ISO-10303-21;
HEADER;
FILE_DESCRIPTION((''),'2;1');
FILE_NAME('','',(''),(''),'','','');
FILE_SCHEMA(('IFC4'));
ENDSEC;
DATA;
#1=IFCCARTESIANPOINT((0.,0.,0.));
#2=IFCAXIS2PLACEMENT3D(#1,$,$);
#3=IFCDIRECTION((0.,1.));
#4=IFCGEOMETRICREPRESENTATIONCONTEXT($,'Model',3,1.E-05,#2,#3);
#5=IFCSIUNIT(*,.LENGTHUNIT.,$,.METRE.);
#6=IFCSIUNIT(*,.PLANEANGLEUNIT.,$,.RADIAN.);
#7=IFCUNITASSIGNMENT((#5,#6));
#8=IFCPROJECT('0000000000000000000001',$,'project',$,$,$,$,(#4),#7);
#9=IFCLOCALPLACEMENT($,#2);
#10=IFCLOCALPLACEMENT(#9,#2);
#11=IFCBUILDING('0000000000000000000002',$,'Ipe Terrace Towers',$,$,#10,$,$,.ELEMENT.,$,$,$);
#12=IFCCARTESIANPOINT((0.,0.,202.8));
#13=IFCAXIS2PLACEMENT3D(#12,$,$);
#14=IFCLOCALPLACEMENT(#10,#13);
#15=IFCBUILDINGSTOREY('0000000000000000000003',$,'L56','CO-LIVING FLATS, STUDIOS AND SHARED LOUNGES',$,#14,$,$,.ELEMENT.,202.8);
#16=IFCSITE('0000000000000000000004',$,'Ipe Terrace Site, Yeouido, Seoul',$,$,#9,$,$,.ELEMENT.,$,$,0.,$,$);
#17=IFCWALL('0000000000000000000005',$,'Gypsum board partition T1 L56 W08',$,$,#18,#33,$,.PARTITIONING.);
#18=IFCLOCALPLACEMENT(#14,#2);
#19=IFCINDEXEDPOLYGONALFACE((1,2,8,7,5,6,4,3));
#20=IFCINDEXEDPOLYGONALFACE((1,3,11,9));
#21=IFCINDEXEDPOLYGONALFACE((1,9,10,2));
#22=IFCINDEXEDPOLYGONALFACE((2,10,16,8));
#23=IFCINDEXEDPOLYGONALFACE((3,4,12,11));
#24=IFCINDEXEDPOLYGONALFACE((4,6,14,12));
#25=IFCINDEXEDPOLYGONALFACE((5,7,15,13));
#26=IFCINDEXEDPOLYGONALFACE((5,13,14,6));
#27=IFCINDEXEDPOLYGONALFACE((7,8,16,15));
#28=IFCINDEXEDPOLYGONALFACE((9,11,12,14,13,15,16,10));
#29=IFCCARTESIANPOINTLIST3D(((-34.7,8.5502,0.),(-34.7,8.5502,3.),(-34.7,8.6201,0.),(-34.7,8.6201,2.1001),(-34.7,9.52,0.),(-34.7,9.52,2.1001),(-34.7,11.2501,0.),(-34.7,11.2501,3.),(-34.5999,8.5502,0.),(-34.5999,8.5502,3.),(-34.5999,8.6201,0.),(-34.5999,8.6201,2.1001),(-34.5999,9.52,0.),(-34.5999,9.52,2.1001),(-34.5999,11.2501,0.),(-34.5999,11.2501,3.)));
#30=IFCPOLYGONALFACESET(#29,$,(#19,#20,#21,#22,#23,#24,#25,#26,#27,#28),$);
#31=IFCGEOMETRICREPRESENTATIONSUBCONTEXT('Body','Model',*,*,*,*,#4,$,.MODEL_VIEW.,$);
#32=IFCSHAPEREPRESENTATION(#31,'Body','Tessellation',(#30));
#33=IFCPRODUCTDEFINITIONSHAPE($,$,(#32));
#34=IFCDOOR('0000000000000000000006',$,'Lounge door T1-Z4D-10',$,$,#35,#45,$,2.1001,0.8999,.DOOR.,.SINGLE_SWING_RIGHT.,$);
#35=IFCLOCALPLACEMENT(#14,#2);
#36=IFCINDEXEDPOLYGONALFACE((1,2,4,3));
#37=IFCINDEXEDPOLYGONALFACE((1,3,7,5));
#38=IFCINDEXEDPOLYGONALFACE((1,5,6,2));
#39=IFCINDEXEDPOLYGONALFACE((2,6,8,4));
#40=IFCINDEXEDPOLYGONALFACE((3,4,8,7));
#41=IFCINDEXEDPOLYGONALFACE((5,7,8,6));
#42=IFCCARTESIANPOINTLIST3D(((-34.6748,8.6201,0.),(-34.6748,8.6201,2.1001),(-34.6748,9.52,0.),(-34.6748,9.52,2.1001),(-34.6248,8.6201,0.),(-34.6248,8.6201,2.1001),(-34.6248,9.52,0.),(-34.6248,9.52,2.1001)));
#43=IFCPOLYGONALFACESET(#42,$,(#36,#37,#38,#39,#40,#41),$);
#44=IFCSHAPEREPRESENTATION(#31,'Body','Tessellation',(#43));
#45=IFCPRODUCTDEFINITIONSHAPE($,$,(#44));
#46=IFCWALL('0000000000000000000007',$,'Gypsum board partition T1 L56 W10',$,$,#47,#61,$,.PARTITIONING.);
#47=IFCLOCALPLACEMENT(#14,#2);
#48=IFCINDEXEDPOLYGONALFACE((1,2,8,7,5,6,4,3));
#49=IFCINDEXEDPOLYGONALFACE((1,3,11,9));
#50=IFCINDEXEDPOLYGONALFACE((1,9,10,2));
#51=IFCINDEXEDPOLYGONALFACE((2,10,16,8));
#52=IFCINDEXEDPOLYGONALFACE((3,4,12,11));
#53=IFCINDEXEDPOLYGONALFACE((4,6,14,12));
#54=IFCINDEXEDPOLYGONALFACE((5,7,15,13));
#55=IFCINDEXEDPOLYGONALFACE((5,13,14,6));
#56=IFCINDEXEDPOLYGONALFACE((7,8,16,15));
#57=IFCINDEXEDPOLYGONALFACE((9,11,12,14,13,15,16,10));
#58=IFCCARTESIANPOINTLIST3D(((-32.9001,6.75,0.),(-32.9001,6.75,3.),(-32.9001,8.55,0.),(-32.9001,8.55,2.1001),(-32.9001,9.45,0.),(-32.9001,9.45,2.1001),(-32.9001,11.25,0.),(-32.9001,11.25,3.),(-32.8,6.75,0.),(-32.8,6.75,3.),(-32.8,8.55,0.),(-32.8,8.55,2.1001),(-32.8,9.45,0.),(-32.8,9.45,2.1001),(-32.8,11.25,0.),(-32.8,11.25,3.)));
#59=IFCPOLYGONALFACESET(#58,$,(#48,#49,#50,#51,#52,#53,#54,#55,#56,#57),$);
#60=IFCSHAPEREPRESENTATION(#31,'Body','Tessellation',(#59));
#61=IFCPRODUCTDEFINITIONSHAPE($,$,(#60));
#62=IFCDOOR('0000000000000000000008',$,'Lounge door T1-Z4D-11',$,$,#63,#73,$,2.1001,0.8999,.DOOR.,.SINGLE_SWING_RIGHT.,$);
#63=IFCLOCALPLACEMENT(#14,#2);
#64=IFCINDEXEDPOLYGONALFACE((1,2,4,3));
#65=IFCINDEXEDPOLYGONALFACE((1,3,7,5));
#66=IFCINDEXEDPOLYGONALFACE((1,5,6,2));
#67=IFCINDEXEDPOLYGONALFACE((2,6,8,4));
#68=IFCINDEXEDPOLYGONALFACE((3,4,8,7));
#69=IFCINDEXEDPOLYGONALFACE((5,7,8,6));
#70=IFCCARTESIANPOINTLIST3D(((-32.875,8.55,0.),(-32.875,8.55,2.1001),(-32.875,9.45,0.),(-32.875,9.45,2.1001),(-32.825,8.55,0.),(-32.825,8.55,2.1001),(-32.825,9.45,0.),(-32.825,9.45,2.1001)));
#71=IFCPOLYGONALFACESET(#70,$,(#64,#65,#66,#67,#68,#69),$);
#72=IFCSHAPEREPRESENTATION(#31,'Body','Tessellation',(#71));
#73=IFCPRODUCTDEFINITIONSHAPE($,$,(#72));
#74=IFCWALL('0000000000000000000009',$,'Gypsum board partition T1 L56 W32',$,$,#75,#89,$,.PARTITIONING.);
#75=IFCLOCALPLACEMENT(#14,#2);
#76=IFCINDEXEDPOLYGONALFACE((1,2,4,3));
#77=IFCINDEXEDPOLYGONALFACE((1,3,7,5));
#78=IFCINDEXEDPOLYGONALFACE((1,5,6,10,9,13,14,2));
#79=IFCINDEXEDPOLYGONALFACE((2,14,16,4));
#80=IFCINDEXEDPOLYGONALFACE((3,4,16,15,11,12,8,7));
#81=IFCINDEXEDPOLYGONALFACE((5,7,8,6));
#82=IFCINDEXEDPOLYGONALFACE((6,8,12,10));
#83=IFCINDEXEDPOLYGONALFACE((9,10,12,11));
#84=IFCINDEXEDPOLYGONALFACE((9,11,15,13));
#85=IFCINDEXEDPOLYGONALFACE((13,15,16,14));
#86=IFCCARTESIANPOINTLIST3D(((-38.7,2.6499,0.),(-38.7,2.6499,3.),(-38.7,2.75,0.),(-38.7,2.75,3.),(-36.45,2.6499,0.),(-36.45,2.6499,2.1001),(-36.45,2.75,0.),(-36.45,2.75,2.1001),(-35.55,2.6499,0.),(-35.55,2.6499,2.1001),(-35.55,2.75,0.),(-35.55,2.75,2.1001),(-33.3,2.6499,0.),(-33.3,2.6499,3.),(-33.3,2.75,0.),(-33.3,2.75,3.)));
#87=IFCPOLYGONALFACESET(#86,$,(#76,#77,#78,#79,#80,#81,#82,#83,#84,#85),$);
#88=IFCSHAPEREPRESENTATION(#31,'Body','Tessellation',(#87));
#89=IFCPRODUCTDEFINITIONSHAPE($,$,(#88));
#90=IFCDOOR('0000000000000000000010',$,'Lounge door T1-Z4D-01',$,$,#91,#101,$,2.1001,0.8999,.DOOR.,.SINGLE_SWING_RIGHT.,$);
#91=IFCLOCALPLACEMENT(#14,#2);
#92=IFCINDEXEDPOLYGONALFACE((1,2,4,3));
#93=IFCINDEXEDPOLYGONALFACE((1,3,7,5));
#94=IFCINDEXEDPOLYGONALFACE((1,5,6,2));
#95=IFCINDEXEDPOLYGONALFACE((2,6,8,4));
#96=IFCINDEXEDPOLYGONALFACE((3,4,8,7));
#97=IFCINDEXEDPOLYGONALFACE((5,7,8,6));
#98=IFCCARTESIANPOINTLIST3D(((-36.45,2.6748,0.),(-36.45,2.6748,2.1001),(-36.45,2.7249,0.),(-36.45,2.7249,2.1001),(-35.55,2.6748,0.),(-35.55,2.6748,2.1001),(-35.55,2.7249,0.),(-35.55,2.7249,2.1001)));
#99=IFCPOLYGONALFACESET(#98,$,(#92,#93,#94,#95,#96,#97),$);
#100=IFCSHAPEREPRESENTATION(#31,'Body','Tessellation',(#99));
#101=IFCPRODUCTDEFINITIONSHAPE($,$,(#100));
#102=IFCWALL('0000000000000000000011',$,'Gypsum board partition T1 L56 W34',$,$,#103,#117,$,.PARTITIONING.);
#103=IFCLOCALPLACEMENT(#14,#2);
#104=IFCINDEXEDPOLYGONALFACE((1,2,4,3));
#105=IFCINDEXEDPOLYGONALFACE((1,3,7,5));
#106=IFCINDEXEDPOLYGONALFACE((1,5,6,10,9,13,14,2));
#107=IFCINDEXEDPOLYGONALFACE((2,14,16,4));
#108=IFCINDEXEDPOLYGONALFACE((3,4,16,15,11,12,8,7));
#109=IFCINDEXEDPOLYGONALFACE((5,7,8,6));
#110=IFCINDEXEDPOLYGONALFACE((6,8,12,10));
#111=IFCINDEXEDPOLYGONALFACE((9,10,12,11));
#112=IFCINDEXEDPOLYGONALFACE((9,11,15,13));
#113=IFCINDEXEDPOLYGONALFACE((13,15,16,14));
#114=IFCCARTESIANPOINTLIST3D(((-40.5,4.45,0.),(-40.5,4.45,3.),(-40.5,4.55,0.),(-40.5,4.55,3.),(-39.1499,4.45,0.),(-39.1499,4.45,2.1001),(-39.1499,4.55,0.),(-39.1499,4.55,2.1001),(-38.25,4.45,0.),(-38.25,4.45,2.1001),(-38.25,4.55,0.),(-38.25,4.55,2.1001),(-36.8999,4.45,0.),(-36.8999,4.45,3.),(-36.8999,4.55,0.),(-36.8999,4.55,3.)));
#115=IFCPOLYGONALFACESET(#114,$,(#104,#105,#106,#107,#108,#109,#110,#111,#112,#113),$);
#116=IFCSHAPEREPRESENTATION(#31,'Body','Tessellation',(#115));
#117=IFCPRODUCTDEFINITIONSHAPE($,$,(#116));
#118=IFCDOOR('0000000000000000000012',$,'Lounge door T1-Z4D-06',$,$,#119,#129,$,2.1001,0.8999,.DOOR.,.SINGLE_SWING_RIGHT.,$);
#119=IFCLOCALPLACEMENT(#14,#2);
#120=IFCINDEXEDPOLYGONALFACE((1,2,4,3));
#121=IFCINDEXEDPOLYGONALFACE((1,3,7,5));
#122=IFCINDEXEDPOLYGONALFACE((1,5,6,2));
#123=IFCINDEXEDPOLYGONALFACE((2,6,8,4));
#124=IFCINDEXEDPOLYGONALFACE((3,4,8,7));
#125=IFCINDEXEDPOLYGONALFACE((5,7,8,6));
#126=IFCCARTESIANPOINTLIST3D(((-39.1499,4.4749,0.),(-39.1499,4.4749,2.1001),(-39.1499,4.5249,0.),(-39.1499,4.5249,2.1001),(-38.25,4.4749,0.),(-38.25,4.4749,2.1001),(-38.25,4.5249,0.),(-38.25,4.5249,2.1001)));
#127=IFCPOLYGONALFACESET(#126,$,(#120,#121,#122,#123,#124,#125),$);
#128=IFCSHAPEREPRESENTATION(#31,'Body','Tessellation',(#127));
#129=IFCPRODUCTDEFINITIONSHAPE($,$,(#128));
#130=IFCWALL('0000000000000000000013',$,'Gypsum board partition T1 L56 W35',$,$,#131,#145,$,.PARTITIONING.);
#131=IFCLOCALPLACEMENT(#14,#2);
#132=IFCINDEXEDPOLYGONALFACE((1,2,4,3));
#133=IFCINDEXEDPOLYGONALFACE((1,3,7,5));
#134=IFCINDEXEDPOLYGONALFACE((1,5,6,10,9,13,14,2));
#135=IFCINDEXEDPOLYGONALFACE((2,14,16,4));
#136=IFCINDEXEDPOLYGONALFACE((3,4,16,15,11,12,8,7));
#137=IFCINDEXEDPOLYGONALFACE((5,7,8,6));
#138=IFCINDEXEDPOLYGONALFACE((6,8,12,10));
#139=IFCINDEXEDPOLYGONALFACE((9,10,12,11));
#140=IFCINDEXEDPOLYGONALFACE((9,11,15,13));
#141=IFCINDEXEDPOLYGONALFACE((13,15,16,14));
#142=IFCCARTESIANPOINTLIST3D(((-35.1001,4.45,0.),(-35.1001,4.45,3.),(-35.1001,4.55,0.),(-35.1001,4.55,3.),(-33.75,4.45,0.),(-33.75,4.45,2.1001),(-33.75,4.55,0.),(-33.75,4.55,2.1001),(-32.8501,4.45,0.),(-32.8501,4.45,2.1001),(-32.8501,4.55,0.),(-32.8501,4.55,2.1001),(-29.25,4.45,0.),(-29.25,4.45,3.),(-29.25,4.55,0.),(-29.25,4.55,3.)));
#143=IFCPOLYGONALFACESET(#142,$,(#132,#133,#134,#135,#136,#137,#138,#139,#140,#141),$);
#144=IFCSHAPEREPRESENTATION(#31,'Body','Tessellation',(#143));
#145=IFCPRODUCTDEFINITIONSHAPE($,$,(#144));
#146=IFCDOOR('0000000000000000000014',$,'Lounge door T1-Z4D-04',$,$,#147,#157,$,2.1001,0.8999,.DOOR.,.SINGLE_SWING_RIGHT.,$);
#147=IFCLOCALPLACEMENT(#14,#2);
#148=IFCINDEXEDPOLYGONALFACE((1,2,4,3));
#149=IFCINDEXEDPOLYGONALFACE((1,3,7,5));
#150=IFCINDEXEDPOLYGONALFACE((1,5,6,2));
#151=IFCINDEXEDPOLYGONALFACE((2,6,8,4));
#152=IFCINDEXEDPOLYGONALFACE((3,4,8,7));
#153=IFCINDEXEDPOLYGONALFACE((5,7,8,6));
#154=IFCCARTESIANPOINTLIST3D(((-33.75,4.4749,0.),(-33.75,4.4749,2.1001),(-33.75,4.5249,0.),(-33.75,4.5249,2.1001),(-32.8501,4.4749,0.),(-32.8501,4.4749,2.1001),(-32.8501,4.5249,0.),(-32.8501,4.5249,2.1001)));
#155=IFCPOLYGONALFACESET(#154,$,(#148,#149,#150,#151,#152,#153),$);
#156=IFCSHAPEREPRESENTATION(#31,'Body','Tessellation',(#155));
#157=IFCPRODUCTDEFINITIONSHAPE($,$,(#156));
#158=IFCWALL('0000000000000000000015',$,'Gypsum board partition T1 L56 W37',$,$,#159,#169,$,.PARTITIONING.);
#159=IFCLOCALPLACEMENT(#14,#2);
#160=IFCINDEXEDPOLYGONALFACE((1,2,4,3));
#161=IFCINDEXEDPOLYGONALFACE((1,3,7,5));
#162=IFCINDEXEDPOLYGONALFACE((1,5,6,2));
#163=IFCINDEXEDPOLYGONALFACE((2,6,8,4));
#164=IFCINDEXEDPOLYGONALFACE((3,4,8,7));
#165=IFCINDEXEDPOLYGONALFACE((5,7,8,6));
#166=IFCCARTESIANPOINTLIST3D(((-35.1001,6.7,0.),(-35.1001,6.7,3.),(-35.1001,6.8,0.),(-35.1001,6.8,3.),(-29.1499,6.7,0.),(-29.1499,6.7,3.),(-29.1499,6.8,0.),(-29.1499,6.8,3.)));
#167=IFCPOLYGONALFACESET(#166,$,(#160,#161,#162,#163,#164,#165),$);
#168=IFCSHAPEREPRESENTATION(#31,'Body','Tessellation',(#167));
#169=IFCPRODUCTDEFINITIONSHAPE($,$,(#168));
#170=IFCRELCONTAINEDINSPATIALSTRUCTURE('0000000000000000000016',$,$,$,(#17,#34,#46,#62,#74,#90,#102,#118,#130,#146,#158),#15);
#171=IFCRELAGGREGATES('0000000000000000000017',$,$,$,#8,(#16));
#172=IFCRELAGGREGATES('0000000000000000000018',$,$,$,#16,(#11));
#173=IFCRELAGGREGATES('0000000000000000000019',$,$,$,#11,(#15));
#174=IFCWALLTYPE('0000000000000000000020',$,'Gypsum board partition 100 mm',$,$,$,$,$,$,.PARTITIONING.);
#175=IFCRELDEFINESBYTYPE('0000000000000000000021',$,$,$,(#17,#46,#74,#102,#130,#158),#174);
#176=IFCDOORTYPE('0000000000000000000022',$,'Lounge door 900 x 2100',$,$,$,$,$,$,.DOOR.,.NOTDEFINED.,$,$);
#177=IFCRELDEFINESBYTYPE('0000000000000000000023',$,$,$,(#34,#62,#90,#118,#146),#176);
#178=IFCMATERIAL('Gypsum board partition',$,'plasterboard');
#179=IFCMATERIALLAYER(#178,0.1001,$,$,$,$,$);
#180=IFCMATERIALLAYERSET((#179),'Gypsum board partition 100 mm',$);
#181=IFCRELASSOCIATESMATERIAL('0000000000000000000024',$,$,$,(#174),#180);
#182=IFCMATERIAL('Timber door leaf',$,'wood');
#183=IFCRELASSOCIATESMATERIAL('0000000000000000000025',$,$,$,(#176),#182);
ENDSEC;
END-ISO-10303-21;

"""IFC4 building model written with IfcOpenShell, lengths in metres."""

from ifc_helpers import new_model, si_unit, direction, frame, frame_2d, origin, place, context, subcontext, project, spatial, rectangle, extrude, material, layer, layer_set, type_object, element, fill, save


model = new_model("IFC4")

# Units and contexts
model_context = context("Model", 3, precision=1e-05, world=origin(), true_north=direction((0.0, 1.0)))
body_context = subcontext(model_context, "Body", "Model", "MODEL_VIEW")
ifc_project = project(units=[si_unit("LENGTHUNIT", "METRE"), si_unit("PLANEANGLEUNIT", "RADIAN")], contexts=[model_context])

# Site, building, storey
site_placement = place(None, origin())
site = spatial("IfcSite", under=ifc_project, at=site_placement, Name="Ipe Terrace Site, Yeouido, Seoul", CompositionType="ELEMENT", RefElevation=0.0)
building_placement = place(site_placement, origin())
building = spatial("IfcBuilding", under=site, at=building_placement, Name="Ipe Terrace Towers", CompositionType="ELEMENT")
storey_placement = place(building_placement, frame((0.0, 0.0, 202.8)))
storey = spatial("IfcBuildingStorey", under=building, at=storey_placement, Name="L56", Description="CO-LIVING FLATS, STUDIOS AND SHARED LOUNGES", CompositionType="ELEMENT", Elevation=202.8)

# Shared definitions
ifc_material_1 = material(Name="Gypsum board partition", Category="plasterboard")
ifc_layer_1 = layer(ifc_material_1, 0.1001)
ifc_layer_set_1 = layer_set([ifc_layer_1], Name="Gypsum board partition 100 mm")
wall_type_1 = type_object("IfcWallType", Name="Gypsum board partition 100 mm", PredefinedType="PARTITIONING", material=ifc_layer_set_1)
ifc_material_2 = material(Name="Timber door leaf", Category="wood")
door_type = type_object("IfcDoorType", Name="Lounge door 900 x 2100", OperationType="NOTDEFINED", PredefinedType="DOOR", material=ifc_material_2)

# Walls, openings, doors
wall_1_placement = place(storey_placement, frame((-34.6499, 8.55, 0.0), z_axis=(0.0, 0.0, 1.0), x_axis=(0.0, 1.0, 0.0)))
wall_1 = element("IfcWall", 1, at=wall_1_placement, inside=storey, type_object=wall_type_1, Name="Gypsum board partition T1 L56 W08", PredefinedType="PARTITIONING", context=body_context, shape_type="SweptSolid", body=[
    extrude(rectangle(XDim=2.7, YDim=0.1001, at=frame_2d((1.3501, 0.0))), origin(), (0.0, 0.0, 1.0), 3.0),
])
opening_1_placement = place(wall_1_placement, frame((0.0701, 0.0, 0.0)))
opening_1 = element("IfcOpeningElement", 2, at=opening_1_placement, cuts=wall_1, PredefinedType="OPENING", context=body_context, shape_type="SweptSolid", body=[
    extrude(rectangle(XDim=0.8999, YDim=2.1001, at=frame_2d((0.45, 1.05))), frame((0.0, 0.0601, 0.0), z_axis=(0.0, -1.0, 0.0), x_axis=(1.0, 0.0, 0.0)), (0.0, 0.0, 1.0), 0.1201),
])
door_1_placement = place(opening_1_placement, origin())
door_1 = element("IfcDoor", 3, at=door_1_placement, inside=storey, type_object=door_type, Name="Lounge door T1-Z4D-10", OperationType="SINGLE_SWING_RIGHT", OverallHeight=2.1001, OverallWidth=0.8999, PredefinedType="DOOR", context=body_context, shape_type="SweptSolid", body=[
    extrude(rectangle(XDim=0.8999, YDim=2.1001, at=frame_2d((0.45, 1.05))), frame((0.0, 0.0249, 0.0), z_axis=(0.0, -1.0, 0.0), x_axis=(1.0, 0.0, 0.0)), (0.0, 0.0, 1.0), 0.05),
])
fill(opening_1, door_1)
wall_2_placement = place(storey_placement, frame((-32.8501, 6.75, 0.0), z_axis=(0.0, 0.0, 1.0), x_axis=(0.0, 1.0, 0.0)))
wall_2 = element("IfcWall", 4, at=wall_2_placement, inside=storey, type_object=wall_type_1, Name="Gypsum board partition T1 L56 W10", PredefinedType="PARTITIONING", context=body_context, shape_type="SweptSolid", body=[
    extrude(rectangle(XDim=4.5, YDim=0.1001, at=frame_2d((2.25, 0.0))), origin(), (0.0, 0.0, 1.0), 3.0),
])
opening_2_placement = place(wall_2_placement, frame((1.8, 0.0, 0.0)))
opening_2 = element("IfcOpeningElement", 5, at=opening_2_placement, cuts=wall_2, PredefinedType="OPENING", context=body_context, shape_type="SweptSolid", body=[
    extrude(rectangle(XDim=0.8999, YDim=2.1001, at=frame_2d((0.45, 1.05))), frame((0.0, 0.0601, 0.0), z_axis=(0.0, -1.0, 0.0), x_axis=(1.0, 0.0, 0.0)), (0.0, 0.0, 1.0), 0.1201),
])
door_2_placement = place(opening_2_placement, origin())
door_2 = element("IfcDoor", 6, at=door_2_placement, inside=storey, type_object=door_type, Name="Lounge door T1-Z4D-11", OperationType="SINGLE_SWING_RIGHT", OverallHeight=2.1001, OverallWidth=0.8999, PredefinedType="DOOR", context=body_context, shape_type="SweptSolid", body=[
    extrude(rectangle(XDim=0.8999, YDim=2.1001, at=frame_2d((0.45, 1.05))), frame((0.0, 0.0249, 0.0), z_axis=(0.0, -1.0, 0.0), x_axis=(1.0, 0.0, 0.0)), (0.0, 0.0, 1.0), 0.05),
])
fill(opening_2, door_2)
wall_3_placement = place(storey_placement, frame((-38.7, 2.7, 0.0), z_axis=(0.0, 0.0, 1.0), x_axis=(1.0, 0.0, 0.0)))
wall_3 = element("IfcWall", 7, at=wall_3_placement, inside=storey, type_object=wall_type_1, Name="Gypsum board partition T1 L56 W32", PredefinedType="PARTITIONING", context=body_context, shape_type="SweptSolid", body=[
    extrude(rectangle(XDim=5.3999, YDim=0.1001, at=frame_2d((2.7, 0.0))), origin(), (0.0, 0.0, 1.0), 3.0),
])
opening_3_placement = place(wall_3_placement, frame((2.25, 0.0, 0.0)))
opening_3 = element("IfcOpeningElement", 8, at=opening_3_placement, cuts=wall_3, PredefinedType="OPENING", context=body_context, shape_type="SweptSolid", body=[
    extrude(rectangle(XDim=0.8999, YDim=2.1001, at=frame_2d((0.45, 1.05))), frame((0.0, 0.0601, 0.0), z_axis=(0.0, -1.0, 0.0), x_axis=(1.0, 0.0, 0.0)), (0.0, 0.0, 1.0), 0.1201),
])
door_3_placement = place(opening_3_placement, origin())
door_3 = element("IfcDoor", 9, at=door_3_placement, inside=storey, type_object=door_type, Name="Lounge door T1-Z4D-01", OperationType="SINGLE_SWING_RIGHT", OverallHeight=2.1001, OverallWidth=0.8999, PredefinedType="DOOR", context=body_context, shape_type="SweptSolid", body=[
    extrude(rectangle(XDim=0.8999, YDim=2.1001, at=frame_2d((0.45, 1.05))), frame((0.0, 0.0249, 0.0), z_axis=(0.0, -1.0, 0.0), x_axis=(1.0, 0.0, 0.0)), (0.0, 0.0, 1.0), 0.05),
])
fill(opening_3, door_3)
wall_4_placement = place(storey_placement, frame((-40.5, 4.5, 0.0), z_axis=(0.0, 0.0, 1.0), x_axis=(1.0, 0.0, 0.0)))
wall_4 = element("IfcWall", 10, at=wall_4_placement, inside=storey, type_object=wall_type_1, Name="Gypsum board partition T1 L56 W34", PredefinedType="PARTITIONING", context=body_context, shape_type="SweptSolid", body=[
    extrude(rectangle(XDim=3.6001, YDim=0.1001, at=frame_2d((1.8, 0.0))), origin(), (0.0, 0.0, 1.0), 3.0),
])
opening_4_placement = place(wall_4_placement, frame((1.3501, 0.0, 0.0)))
opening_4 = element("IfcOpeningElement", 11, at=opening_4_placement, cuts=wall_4, PredefinedType="OPENING", context=body_context, shape_type="SweptSolid", body=[
    extrude(rectangle(XDim=0.8999, YDim=2.1001, at=frame_2d((0.45, 1.05))), frame((0.0, 0.0601, 0.0), z_axis=(0.0, -1.0, 0.0), x_axis=(1.0, 0.0, 0.0)), (0.0, 0.0, 1.0), 0.1201),
])
door_4_placement = place(opening_4_placement, origin())
door_4 = element("IfcDoor", 12, at=door_4_placement, inside=storey, type_object=door_type, Name="Lounge door T1-Z4D-06", OperationType="SINGLE_SWING_RIGHT", OverallHeight=2.1001, OverallWidth=0.8999, PredefinedType="DOOR", context=body_context, shape_type="SweptSolid", body=[
    extrude(rectangle(XDim=0.8999, YDim=2.1001, at=frame_2d((0.45, 1.05))), frame((0.0, 0.0249, 0.0), z_axis=(0.0, -1.0, 0.0), x_axis=(1.0, 0.0, 0.0)), (0.0, 0.0, 1.0), 0.05),
])
fill(opening_4, door_4)
wall_5_placement = place(storey_placement, frame((-35.1001, 4.5, 0.0), z_axis=(0.0, 0.0, 1.0), x_axis=(1.0, 0.0, 0.0)))
wall_5 = element("IfcWall", 13, at=wall_5_placement, inside=storey, type_object=wall_type_1, Name="Gypsum board partition T1 L56 W35", PredefinedType="PARTITIONING", context=body_context, shape_type="SweptSolid", body=[
    extrude(rectangle(XDim=5.8501, YDim=0.1001, at=frame_2d((2.925, 0.0))), origin(), (0.0, 0.0, 1.0), 3.0),
])
opening_5_placement = place(wall_5_placement, frame((1.3501, 0.0, 0.0)))
opening_5 = element("IfcOpeningElement", 14, at=opening_5_placement, cuts=wall_5, PredefinedType="OPENING", context=body_context, shape_type="SweptSolid", body=[
    extrude(rectangle(XDim=0.8999, YDim=2.1001, at=frame_2d((0.45, 1.05))), frame((0.0, 0.0601, 0.0), z_axis=(0.0, -1.0, 0.0), x_axis=(1.0, 0.0, 0.0)), (0.0, 0.0, 1.0), 0.1201),
])
door_5_placement = place(opening_5_placement, origin())
door_5 = element("IfcDoor", 15, at=door_5_placement, inside=storey, type_object=door_type, Name="Lounge door T1-Z4D-04", OperationType="SINGLE_SWING_RIGHT", OverallHeight=2.1001, OverallWidth=0.8999, PredefinedType="DOOR", context=body_context, shape_type="SweptSolid", body=[
    extrude(rectangle(XDim=0.8999, YDim=2.1001, at=frame_2d((0.45, 1.05))), frame((0.0, 0.0249, 0.0), z_axis=(0.0, -1.0, 0.0), x_axis=(1.0, 0.0, 0.0)), (0.0, 0.0, 1.0), 0.05),
])
fill(opening_5, door_5)

# Wall
wall_6_placement = place(storey_placement, frame((-35.1001, 6.75, 0.0), z_axis=(0.0, 0.0, 1.0), x_axis=(1.0, 0.0, 0.0)))
element("IfcWall", 16, at=wall_6_placement, inside=storey, type_object=wall_type_1, Name="Gypsum board partition T1 L56 W37", PredefinedType="PARTITIONING", context=body_context, shape_type="SweptSolid", body=[
    extrude(rectangle(XDim=5.9502, YDim=0.1001, at=frame_2d((2.9751, 0.0))), origin(), (0.0, 0.0, 1.0), 3.0),
])

save(model, "model.ifc")
